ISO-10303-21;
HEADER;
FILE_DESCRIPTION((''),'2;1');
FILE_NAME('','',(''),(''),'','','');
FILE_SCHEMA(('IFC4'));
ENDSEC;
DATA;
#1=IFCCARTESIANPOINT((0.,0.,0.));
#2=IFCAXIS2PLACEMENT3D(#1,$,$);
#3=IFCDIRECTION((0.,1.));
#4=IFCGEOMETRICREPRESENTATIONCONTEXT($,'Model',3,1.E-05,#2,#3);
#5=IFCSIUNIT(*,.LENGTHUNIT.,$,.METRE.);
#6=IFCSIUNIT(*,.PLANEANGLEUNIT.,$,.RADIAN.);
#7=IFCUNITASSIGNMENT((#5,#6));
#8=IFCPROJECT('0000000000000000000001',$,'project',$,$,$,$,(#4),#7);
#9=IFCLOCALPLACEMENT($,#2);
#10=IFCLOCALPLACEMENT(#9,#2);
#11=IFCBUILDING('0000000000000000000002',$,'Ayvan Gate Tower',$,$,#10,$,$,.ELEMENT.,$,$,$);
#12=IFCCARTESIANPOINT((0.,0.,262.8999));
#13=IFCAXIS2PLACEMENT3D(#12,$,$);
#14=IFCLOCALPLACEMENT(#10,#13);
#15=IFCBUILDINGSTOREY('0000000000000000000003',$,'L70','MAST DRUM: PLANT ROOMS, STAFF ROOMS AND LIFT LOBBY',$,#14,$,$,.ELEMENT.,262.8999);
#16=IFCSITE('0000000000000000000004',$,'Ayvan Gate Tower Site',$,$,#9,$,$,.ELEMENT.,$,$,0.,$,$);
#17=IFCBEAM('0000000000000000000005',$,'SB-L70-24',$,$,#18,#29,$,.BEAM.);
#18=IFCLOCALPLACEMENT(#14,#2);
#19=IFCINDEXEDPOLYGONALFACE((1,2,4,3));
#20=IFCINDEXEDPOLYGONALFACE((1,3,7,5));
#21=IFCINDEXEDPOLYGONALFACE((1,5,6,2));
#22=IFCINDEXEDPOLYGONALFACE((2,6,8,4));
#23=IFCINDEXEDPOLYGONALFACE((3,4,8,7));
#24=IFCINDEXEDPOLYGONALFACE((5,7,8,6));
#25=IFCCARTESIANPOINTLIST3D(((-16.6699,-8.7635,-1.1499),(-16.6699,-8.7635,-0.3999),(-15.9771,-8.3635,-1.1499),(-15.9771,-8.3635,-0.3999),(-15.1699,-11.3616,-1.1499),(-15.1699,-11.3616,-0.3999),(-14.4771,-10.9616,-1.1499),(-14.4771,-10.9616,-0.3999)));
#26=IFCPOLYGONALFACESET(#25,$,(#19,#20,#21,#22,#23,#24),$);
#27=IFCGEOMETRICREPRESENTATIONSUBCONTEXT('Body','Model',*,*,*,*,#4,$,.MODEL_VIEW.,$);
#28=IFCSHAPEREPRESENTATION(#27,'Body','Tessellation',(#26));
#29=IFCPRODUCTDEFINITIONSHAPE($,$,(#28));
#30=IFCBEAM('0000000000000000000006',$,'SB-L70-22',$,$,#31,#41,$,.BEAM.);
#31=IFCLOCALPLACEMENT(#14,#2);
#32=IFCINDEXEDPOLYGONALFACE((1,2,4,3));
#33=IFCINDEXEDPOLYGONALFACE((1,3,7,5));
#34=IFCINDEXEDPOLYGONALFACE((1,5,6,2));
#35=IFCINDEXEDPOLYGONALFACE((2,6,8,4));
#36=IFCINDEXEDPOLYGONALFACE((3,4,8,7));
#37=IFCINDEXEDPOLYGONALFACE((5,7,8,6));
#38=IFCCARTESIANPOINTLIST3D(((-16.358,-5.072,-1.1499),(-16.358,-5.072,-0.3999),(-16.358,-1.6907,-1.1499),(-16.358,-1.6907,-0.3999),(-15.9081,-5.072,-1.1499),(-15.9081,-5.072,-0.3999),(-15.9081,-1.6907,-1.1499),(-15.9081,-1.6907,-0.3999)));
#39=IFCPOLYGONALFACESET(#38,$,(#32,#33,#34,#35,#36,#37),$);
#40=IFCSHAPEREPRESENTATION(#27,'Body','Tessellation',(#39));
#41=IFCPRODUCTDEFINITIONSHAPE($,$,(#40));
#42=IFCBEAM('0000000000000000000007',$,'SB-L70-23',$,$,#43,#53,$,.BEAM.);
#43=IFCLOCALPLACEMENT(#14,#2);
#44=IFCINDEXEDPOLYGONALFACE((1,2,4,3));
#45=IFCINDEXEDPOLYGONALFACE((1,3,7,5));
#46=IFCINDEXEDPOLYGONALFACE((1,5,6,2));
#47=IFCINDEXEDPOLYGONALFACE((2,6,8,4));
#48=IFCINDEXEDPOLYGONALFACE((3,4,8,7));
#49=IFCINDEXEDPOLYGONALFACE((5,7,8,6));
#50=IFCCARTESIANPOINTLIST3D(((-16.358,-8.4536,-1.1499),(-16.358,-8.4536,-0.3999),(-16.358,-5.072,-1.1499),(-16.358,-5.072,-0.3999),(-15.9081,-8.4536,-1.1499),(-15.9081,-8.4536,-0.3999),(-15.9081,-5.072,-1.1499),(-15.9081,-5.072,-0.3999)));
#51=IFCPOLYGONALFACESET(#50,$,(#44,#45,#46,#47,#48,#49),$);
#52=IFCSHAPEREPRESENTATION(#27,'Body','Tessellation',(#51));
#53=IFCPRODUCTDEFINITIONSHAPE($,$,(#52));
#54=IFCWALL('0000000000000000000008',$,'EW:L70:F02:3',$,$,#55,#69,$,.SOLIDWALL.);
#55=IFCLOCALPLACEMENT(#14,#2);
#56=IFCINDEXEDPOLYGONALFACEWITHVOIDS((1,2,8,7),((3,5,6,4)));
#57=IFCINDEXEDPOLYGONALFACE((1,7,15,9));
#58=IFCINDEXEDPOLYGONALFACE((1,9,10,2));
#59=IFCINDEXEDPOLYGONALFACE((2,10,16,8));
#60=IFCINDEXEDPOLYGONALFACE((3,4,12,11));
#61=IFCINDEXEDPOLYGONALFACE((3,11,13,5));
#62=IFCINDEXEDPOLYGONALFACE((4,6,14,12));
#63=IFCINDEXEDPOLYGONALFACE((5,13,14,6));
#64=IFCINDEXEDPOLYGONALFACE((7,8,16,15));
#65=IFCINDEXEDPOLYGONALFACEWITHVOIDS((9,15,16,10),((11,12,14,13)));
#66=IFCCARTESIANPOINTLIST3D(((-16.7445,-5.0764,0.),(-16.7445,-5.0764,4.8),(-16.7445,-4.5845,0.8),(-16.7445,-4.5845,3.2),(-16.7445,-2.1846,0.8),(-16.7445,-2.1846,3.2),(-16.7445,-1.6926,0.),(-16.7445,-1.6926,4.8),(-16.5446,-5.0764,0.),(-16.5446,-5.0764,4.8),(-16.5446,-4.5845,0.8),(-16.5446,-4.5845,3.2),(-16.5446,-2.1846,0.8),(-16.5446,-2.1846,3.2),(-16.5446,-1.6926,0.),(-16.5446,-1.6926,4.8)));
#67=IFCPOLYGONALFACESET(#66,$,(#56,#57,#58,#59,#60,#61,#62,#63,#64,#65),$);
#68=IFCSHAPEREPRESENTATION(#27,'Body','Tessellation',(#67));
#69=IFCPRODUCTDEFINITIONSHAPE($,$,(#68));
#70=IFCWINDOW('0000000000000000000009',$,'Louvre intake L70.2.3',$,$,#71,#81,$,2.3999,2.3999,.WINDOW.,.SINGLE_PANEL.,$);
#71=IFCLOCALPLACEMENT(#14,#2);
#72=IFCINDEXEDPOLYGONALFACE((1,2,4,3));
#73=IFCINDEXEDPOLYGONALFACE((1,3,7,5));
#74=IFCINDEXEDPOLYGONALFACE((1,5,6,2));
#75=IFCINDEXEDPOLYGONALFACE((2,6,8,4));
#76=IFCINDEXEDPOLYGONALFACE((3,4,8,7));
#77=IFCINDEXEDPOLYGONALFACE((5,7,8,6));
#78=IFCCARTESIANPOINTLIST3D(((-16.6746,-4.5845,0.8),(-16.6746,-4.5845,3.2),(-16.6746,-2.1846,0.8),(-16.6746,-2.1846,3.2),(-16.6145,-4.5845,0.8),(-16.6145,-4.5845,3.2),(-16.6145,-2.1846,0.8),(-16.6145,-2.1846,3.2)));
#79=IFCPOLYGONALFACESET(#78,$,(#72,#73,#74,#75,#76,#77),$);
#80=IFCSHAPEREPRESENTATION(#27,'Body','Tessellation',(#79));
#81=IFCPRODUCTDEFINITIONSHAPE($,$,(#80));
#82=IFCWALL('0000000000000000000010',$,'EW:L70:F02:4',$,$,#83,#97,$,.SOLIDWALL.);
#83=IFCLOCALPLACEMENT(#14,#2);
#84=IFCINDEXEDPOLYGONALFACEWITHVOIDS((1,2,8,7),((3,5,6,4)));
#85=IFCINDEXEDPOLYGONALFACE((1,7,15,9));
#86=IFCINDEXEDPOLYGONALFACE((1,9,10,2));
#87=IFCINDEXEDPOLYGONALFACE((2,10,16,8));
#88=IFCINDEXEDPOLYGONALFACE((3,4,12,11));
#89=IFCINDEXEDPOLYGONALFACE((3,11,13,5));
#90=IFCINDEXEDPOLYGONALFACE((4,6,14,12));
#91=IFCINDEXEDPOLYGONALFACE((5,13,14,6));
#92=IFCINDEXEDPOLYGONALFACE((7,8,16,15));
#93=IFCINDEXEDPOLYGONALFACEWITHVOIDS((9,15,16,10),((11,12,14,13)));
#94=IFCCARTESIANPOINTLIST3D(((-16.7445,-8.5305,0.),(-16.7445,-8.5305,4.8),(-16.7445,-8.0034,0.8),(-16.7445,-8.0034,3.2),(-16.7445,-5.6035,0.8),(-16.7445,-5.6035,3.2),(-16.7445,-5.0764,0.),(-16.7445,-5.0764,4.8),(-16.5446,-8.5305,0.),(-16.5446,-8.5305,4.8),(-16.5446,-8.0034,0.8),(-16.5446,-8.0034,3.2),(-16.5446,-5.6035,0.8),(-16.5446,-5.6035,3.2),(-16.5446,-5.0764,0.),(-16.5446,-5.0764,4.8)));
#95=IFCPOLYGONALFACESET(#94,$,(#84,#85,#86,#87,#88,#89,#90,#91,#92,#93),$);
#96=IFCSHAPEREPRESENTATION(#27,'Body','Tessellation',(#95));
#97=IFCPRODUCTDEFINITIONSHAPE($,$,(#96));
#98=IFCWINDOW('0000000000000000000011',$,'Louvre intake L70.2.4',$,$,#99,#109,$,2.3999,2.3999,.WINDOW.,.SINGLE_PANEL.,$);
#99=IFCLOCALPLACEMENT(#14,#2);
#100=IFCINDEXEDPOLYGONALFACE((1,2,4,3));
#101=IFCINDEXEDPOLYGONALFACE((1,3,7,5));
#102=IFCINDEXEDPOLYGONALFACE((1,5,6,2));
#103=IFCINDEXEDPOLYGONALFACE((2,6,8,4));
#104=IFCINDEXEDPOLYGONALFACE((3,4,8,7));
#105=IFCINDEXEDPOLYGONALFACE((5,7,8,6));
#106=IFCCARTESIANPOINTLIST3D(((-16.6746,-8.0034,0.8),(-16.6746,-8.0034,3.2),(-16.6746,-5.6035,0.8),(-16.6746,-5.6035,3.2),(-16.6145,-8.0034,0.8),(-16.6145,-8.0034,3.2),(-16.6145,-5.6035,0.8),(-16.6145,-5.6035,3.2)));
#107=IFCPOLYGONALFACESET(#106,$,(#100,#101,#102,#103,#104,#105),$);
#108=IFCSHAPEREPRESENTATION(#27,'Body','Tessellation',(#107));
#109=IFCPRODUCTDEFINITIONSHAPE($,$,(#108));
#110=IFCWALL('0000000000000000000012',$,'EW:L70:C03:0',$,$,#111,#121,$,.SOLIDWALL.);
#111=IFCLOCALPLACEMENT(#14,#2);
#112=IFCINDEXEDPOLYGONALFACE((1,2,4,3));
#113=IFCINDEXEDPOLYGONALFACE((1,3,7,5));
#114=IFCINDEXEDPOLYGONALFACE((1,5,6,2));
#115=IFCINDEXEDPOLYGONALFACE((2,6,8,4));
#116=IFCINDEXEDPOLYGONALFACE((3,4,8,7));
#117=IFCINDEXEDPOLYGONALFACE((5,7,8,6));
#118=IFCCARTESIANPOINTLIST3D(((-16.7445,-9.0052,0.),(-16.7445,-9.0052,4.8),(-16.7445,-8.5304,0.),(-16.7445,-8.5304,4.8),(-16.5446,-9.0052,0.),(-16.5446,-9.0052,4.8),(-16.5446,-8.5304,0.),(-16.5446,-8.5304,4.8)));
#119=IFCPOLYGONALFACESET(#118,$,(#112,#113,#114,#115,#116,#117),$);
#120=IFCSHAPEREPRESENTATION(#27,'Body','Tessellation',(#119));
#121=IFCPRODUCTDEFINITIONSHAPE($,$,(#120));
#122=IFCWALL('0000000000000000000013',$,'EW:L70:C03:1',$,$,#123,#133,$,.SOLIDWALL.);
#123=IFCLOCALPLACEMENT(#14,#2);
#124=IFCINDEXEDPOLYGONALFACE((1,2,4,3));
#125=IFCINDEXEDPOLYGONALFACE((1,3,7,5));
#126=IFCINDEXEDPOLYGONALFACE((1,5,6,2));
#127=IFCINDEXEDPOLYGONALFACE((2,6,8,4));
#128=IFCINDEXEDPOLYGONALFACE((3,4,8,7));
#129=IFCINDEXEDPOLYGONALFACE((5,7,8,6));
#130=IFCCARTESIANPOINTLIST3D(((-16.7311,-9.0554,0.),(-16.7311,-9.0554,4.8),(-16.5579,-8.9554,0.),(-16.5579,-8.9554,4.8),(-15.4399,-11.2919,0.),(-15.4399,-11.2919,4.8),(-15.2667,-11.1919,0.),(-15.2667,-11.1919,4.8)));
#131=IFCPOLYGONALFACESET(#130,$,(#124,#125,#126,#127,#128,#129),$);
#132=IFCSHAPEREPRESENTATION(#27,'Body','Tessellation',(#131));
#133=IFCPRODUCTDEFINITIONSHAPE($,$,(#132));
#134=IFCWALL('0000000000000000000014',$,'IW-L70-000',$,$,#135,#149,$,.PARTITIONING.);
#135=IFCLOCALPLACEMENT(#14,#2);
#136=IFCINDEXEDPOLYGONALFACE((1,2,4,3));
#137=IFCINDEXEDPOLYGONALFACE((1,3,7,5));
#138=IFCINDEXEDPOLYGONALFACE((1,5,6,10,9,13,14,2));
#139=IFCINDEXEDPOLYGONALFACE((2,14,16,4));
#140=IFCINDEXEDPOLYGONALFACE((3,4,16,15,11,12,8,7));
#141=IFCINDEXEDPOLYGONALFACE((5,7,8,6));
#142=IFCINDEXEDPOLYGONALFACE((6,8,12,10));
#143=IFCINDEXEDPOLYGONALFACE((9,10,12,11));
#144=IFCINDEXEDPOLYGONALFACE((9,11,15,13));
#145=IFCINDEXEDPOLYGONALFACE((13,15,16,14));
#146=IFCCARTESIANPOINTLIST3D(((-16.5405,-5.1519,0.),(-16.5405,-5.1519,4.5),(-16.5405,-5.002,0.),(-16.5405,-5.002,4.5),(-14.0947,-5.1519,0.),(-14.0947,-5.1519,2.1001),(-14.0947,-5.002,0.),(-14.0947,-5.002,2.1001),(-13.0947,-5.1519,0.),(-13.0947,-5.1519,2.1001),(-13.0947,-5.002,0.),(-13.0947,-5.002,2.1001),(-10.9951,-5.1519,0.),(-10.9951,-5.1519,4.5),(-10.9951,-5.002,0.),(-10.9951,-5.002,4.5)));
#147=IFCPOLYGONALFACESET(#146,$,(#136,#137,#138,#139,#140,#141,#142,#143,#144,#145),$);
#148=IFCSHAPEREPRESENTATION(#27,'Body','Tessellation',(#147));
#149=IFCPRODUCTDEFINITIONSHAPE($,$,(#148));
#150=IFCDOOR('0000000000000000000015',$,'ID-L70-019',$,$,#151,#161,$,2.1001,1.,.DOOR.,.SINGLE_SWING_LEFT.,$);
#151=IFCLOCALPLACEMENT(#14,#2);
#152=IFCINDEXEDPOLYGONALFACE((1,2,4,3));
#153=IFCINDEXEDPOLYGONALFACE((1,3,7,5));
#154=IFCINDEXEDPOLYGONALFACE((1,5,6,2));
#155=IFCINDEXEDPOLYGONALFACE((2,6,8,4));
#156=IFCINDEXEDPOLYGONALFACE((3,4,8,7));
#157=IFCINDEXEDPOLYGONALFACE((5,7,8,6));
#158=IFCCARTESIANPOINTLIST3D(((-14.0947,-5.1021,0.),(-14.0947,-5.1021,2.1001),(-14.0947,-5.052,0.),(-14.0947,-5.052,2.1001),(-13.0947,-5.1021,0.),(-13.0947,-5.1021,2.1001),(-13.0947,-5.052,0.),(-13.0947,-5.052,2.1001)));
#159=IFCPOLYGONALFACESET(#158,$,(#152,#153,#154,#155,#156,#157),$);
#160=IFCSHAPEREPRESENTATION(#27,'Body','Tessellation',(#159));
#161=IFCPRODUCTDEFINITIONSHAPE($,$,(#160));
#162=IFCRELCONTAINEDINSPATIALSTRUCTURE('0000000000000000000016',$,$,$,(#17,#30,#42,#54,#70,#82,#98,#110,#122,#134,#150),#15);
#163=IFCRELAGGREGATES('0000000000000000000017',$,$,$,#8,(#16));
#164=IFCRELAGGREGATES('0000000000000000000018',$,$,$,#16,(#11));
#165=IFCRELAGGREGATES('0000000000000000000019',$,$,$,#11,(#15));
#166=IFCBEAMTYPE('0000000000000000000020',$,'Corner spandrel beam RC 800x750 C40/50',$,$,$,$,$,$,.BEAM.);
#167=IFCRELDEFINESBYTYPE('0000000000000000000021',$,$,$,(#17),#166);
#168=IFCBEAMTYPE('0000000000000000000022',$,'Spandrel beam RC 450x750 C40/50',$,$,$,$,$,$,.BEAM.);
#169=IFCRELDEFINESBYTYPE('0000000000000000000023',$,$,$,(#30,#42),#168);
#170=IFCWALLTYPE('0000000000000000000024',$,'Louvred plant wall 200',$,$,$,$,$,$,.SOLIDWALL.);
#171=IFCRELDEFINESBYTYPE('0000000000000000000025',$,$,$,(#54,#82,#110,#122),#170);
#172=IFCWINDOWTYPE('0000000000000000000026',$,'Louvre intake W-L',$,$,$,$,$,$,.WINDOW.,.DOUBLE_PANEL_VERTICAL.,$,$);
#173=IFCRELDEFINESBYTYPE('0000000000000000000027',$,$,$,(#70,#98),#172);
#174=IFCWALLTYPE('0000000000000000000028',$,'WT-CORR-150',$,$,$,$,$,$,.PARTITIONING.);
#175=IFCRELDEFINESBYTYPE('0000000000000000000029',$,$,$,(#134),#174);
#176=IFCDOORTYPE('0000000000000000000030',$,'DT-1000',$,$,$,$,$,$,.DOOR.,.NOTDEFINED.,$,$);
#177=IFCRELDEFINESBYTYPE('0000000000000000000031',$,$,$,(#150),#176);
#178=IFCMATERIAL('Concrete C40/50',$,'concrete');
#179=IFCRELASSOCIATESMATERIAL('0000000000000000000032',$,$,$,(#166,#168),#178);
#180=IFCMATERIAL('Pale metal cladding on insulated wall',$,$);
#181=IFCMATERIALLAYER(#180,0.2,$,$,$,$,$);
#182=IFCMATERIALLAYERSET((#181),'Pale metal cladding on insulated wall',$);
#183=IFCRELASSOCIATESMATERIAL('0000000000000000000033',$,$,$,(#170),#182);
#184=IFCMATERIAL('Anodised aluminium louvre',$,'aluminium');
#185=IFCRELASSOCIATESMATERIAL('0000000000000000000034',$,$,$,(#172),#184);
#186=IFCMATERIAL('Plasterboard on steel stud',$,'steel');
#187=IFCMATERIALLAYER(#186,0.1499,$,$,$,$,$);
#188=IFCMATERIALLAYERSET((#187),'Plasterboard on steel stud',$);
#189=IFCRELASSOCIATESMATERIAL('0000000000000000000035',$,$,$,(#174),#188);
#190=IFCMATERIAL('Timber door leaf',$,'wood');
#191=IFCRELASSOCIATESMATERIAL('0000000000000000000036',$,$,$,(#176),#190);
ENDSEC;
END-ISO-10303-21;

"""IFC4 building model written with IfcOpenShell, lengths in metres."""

from ifc_helpers import new_model, si_unit, direction, frame, frame_2d, origin, origin_2d, place, context, subcontext, project, spatial, rectangle, extrude, material, layer, layer_set, material_profile, profile_set, type_object, element, fill, save


model = new_model("IFC4")

# Units and contexts
model_context = context("Model", 3, precision=1e-05, world=origin(), true_north=direction((0.0, 1.0)))
body_context = subcontext(model_context, "Body", "Model", "MODEL_VIEW")
ifc_project = project(units=[si_unit("LENGTHUNIT", "METRE"), si_unit("PLANEANGLEUNIT", "RADIAN")], contexts=[model_context])

# Site, building, storey
site_placement = place(None, origin())
site = spatial("IfcSite", under=ifc_project, at=site_placement, Name="Ayvan Gate Tower Site", CompositionType="ELEMENT", RefElevation=0.0)
building_placement = place(site_placement, origin())
building = spatial("IfcBuilding", under=site, at=building_placement, Name="Ayvan Gate Tower", CompositionType="ELEMENT")
storey_placement = place(building_placement, frame((0.0, 0.0, 262.8999)))
storey = spatial("IfcBuildingStorey", under=building, at=storey_placement, Name="L70", Description="MAST DRUM: PLANT ROOMS, STAFF ROOMS AND LIFT LOBBY", CompositionType="ELEMENT", Elevation=262.8999)

# Beams
ifc_material_1 = material(Name="Concrete C40/50", Category="concrete")
ifc_material_profile_1 = material_profile(ifc_material_1, rectangle(XDim=0.8, YDim=0.75, at=origin_2d()), Name="RC 800x750")
ifc_profile_set_1 = profile_set([ifc_material_profile_1], Name="Concrete C40/50")
beam_type_1 = type_object("IfcBeamType", Name="Corner spandrel beam RC 800x750 C40/50", PredefinedType="BEAM", material=ifc_profile_set_1)
beam_1_placement = place(storey_placement, frame((-16.3235, -8.5635, -0.7749), z_axis=(0.49999, -0.866031, 0.0), x_axis=(0.866031, 0.49999, 0.0)))
element("IfcBeam", 1, at=beam_1_placement, inside=storey, type_object=beam_type_1, Name="SB-L70-24", PredefinedType="BEAM", context=body_context, shape_type="SweptSolid", body=[
    extrude(rectangle(XDim=0.8, YDim=0.75, at=origin_2d()), origin(), (0.0, 0.0, 1.0), 3.0),
])
ifc_material_profile_2 = material_profile(ifc_material_1, rectangle(XDim=0.45, YDim=0.75, at=origin_2d()), Name="RC 450x750")
ifc_profile_set_2 = profile_set([ifc_material_profile_2], Name="Concrete C40/50")
beam_type_2 = type_object("IfcBeamType", Name="Spandrel beam RC 450x750 C40/50", PredefinedType="BEAM", material=ifc_profile_set_2)
beam_2_placement = place(storey_placement, frame((-16.1331, -1.6907, -0.7749), z_axis=(0.0, -1.0, 0.0), x_axis=(1.0, 0.0, 0.0)))
element("IfcBeam", 2, at=beam_2_placement, inside=storey, type_object=beam_type_2, Name="SB-L70-22", PredefinedType="BEAM", context=body_context, shape_type="SweptSolid", body=[
    extrude(rectangle(XDim=0.45, YDim=0.75, at=origin_2d()), origin(), (0.0, 0.0, 1.0), 3.3813),
])
beam_3_placement = place(storey_placement, frame((-16.1331, -5.072, -0.7749), z_axis=(0.0, -1.0, 0.0), x_axis=(1.0, 0.0, 0.0)))
element("IfcBeam", 3, at=beam_3_placement, inside=storey, type_object=beam_type_2, Name="SB-L70-23", PredefinedType="BEAM", context=body_context, shape_type="SweptSolid", body=[
    extrude(rectangle(XDim=0.45, YDim=0.75, at=origin_2d()), origin(), (0.0, 0.0, 1.0), 3.3816),
])

# Walls, openings, windows
ifc_material_2 = material(Name="Pale metal cladding on insulated wall")
ifc_layer_1 = layer(ifc_material_2, 0.2)
ifc_layer_set_1 = layer_set([ifc_layer_1], Name="Pale metal cladding on insulated wall")
wall_type_1 = type_object("IfcWallType", Name="Louvred plant wall 200", PredefinedType="SOLIDWALL", material=ifc_layer_set_1)
wall_1_placement = place(storey_placement, frame((-16.6445, -1.6926, 0.0), z_axis=(0.0, 0.0, 1.0), x_axis=(0.0, -1.0, 0.0)))
wall_1 = element("IfcWall", 4, at=wall_1_placement, inside=storey, type_object=wall_type_1, Name="EW:L70:F02:3", PredefinedType="SOLIDWALL", context=body_context, shape_type="SweptSolid", body=[
    extrude(rectangle(XDim=3.3838, YDim=0.2, at=frame_2d((1.6919, 0.0))), origin(), (0.0, 0.0, 1.0), 4.8),
])
opening_1_placement = place(wall_1_placement, frame((0.4919, 0.0, 0.8)))
opening_1 = element("IfcOpeningElement", 5, at=opening_1_placement, cuts=wall_1, PredefinedType="OPENING", context=body_context, shape_type="SweptSolid", body=[
    extrude(rectangle(XDim=2.3999, YDim=2.3999, at=frame_2d((1.2, 1.2))), frame((0.0, 0.1099, 0.0), z_axis=(0.0, -1.0, 0.0), x_axis=(1.0, 0.0, 0.0)), (0.0, 0.0, 1.0), 0.22),
])
ifc_material_3 = material(Name="Anodised aluminium louvre", Category="aluminium")
window_type = type_object("IfcWindowType", Name="Louvre intake W-L", PartitioningType="DOUBLE_PANEL_VERTICAL", PredefinedType="WINDOW", material=ifc_material_3)
window_1_placement = place(opening_1_placement, origin())
window_1 = element("IfcWindow", 6, at=window_1_placement, inside=storey, type_object=window_type, Name="Louvre intake L70.2.3", OverallHeight=2.3999, OverallWidth=2.3999, PartitioningType="SINGLE_PANEL", PredefinedType="WINDOW", context=body_context, shape_type="SweptSolid", body=[
    extrude(rectangle(XDim=2.3999, YDim=2.3999, at=frame_2d((1.2, 1.2))), frame((0.0, 0.03, 0.0), z_axis=(0.0, -1.0, 0.0), x_axis=(1.0, 0.0, 0.0)), (0.0, 0.0, 1.0), 0.0601),
])
fill(opening_1, window_1)
wall_2_placement = place(storey_placement, frame((-16.6445, -5.0764, 0.0), z_axis=(0.0, 0.0, 1.0), x_axis=(0.0, -1.0, 0.0)))
wall_2 = element("IfcWall", 7, at=wall_2_placement, inside=storey, type_object=wall_type_1, Name="EW:L70:F02:4", PredefinedType="SOLIDWALL", context=body_context, shape_type="SweptSolid", body=[
    extrude(rectangle(XDim=3.4541, YDim=0.2, at=frame_2d((1.7271, 0.0))), origin(), (0.0, 0.0, 1.0), 4.8),
])
opening_2_placement = place(wall_2_placement, frame((0.5271, 0.0, 0.8)))
opening_2 = element("IfcOpeningElement", 8, at=opening_2_placement, cuts=wall_2, PredefinedType="OPENING", context=body_context, shape_type="SweptSolid", body=[
    extrude(rectangle(XDim=2.3999, YDim=2.3999, at=frame_2d((1.2, 1.2))), frame((0.0, 0.1099, 0.0), z_axis=(0.0, -1.0, 0.0), x_axis=(1.0, 0.0, 0.0)), (0.0, 0.0, 1.0), 0.22),
])
window_2_placement = place(opening_2_placement, origin())
window_2 = element("IfcWindow", 9, at=window_2_placement, inside=storey, type_object=window_type, Name="Louvre intake L70.2.4", OverallHeight=2.3999, OverallWidth=2.3999, PartitioningType="SINGLE_PANEL", PredefinedType="WINDOW", context=body_context, shape_type="SweptSolid", body=[
    extrude(rectangle(XDim=2.3999, YDim=2.3999, at=frame_2d((1.2, 1.2))), frame((0.0, 0.03, 0.0), z_axis=(0.0, -1.0, 0.0), x_axis=(1.0, 0.0, 0.0)), (0.0, 0.0, 1.0), 0.0601),
])
fill(opening_2, window_2)

# Walls
wall_3_placement = place(storey_placement, frame((-16.6445, -8.5305, 0.0), z_axis=(0.0, 0.0, 1.0), x_axis=(0.0, -1.0, 0.0)))
element("IfcWall", 10, at=wall_3_placement, inside=storey, type_object=wall_type_1, Name="EW:L70:C03:0", PredefinedType="SOLIDWALL", context=body_context, shape_type="SweptSolid", body=[
    extrude(rectangle(XDim=0.4749, YDim=0.2, at=frame_2d((0.2373, 0.0))), origin(), (0.0, 0.0, 1.0), 4.8),
])
wall_4_placement = place(storey_placement, frame((-16.6445, -9.0054, 0.0), z_axis=(0.0, 0.0, 1.0), x_axis=(0.499992, -0.86603, 0.0)))
element("IfcWall", 11, at=wall_4_placement, inside=storey, type_object=wall_type_1, Name="EW:L70:C03:1", PredefinedType="SOLIDWALL", context=body_context, shape_type="SweptSolid", body=[
    extrude(rectangle(XDim=2.5825, YDim=0.2, at=frame_2d((1.2913, 0.0))), origin(), (0.0, 0.0, 1.0), 4.8),
])

# Wall, opening, door
ifc_material_4 = material(Name="Plasterboard on steel stud", Category="steel")
ifc_layer_2 = layer(ifc_material_4, 0.1499)
ifc_layer_set_2 = layer_set([ifc_layer_2], Name="Plasterboard on steel stud")
wall_type_2 = type_object("IfcWallType", Name="WT-CORR-150", PredefinedType="PARTITIONING", material=ifc_layer_set_2)
wall_5_placement = place(storey_placement, frame((-16.5405, -5.0769, 0.0), z_axis=(0.0, 0.0, 1.0), x_axis=(1.0, 0.0, 0.0)))
wall_5 = element("IfcWall", 12, at=wall_5_placement, inside=storey, type_object=wall_type_2, Name="IW-L70-000", PredefinedType="PARTITIONING", context=body_context, shape_type="SweptSolid", body=[
    extrude(rectangle(XDim=5.5454, YDim=0.1499, at=frame_2d((2.7727, 0.0))), origin(), (0.0, 0.0, 1.0), 4.5),
])
opening_3_placement = place(wall_5_placement, frame((2.4458, 0.0, 0.0)))
opening_3 = element("IfcOpeningElement", 13, at=opening_3_placement, cuts=wall_5, PredefinedType="OPENING", context=body_context, shape_type="SweptSolid", body=[
    extrude(rectangle(XDim=1.0, YDim=2.1001, at=frame_2d((0.5, 1.05))), frame((0.0, 0.085, 0.0), z_axis=(0.0, -1.0, 0.0), x_axis=(1.0, 0.0, 0.0)), (0.0, 0.0, 1.0), 0.1699),
])
ifc_material_5 = material(Name="Timber door leaf", Category="wood")
door_type = type_object("IfcDoorType", Name="DT-1000", OperationType="NOTDEFINED", PredefinedType="DOOR", material=ifc_material_5)
door_placement = place(opening_3_placement, origin())
door = element("IfcDoor", 14, at=door_placement, inside=storey, type_object=door_type, Name="ID-L70-019", OperationType="SINGLE_SWING_LEFT", OverallHeight=2.1001, OverallWidth=1.0, PredefinedType="DOOR", context=body_context, shape_type="SweptSolid", body=[
    extrude(rectangle(XDim=1.0, YDim=2.1001, at=frame_2d((0.5, 1.05))), frame((0.0, 0.0249, 0.0), z_axis=(0.0, -1.0, 0.0), x_axis=(1.0, 0.0, 0.0)), (0.0, 0.0, 1.0), 0.05),
])
fill(opening_3, door)

save(model, "model.ifc")
